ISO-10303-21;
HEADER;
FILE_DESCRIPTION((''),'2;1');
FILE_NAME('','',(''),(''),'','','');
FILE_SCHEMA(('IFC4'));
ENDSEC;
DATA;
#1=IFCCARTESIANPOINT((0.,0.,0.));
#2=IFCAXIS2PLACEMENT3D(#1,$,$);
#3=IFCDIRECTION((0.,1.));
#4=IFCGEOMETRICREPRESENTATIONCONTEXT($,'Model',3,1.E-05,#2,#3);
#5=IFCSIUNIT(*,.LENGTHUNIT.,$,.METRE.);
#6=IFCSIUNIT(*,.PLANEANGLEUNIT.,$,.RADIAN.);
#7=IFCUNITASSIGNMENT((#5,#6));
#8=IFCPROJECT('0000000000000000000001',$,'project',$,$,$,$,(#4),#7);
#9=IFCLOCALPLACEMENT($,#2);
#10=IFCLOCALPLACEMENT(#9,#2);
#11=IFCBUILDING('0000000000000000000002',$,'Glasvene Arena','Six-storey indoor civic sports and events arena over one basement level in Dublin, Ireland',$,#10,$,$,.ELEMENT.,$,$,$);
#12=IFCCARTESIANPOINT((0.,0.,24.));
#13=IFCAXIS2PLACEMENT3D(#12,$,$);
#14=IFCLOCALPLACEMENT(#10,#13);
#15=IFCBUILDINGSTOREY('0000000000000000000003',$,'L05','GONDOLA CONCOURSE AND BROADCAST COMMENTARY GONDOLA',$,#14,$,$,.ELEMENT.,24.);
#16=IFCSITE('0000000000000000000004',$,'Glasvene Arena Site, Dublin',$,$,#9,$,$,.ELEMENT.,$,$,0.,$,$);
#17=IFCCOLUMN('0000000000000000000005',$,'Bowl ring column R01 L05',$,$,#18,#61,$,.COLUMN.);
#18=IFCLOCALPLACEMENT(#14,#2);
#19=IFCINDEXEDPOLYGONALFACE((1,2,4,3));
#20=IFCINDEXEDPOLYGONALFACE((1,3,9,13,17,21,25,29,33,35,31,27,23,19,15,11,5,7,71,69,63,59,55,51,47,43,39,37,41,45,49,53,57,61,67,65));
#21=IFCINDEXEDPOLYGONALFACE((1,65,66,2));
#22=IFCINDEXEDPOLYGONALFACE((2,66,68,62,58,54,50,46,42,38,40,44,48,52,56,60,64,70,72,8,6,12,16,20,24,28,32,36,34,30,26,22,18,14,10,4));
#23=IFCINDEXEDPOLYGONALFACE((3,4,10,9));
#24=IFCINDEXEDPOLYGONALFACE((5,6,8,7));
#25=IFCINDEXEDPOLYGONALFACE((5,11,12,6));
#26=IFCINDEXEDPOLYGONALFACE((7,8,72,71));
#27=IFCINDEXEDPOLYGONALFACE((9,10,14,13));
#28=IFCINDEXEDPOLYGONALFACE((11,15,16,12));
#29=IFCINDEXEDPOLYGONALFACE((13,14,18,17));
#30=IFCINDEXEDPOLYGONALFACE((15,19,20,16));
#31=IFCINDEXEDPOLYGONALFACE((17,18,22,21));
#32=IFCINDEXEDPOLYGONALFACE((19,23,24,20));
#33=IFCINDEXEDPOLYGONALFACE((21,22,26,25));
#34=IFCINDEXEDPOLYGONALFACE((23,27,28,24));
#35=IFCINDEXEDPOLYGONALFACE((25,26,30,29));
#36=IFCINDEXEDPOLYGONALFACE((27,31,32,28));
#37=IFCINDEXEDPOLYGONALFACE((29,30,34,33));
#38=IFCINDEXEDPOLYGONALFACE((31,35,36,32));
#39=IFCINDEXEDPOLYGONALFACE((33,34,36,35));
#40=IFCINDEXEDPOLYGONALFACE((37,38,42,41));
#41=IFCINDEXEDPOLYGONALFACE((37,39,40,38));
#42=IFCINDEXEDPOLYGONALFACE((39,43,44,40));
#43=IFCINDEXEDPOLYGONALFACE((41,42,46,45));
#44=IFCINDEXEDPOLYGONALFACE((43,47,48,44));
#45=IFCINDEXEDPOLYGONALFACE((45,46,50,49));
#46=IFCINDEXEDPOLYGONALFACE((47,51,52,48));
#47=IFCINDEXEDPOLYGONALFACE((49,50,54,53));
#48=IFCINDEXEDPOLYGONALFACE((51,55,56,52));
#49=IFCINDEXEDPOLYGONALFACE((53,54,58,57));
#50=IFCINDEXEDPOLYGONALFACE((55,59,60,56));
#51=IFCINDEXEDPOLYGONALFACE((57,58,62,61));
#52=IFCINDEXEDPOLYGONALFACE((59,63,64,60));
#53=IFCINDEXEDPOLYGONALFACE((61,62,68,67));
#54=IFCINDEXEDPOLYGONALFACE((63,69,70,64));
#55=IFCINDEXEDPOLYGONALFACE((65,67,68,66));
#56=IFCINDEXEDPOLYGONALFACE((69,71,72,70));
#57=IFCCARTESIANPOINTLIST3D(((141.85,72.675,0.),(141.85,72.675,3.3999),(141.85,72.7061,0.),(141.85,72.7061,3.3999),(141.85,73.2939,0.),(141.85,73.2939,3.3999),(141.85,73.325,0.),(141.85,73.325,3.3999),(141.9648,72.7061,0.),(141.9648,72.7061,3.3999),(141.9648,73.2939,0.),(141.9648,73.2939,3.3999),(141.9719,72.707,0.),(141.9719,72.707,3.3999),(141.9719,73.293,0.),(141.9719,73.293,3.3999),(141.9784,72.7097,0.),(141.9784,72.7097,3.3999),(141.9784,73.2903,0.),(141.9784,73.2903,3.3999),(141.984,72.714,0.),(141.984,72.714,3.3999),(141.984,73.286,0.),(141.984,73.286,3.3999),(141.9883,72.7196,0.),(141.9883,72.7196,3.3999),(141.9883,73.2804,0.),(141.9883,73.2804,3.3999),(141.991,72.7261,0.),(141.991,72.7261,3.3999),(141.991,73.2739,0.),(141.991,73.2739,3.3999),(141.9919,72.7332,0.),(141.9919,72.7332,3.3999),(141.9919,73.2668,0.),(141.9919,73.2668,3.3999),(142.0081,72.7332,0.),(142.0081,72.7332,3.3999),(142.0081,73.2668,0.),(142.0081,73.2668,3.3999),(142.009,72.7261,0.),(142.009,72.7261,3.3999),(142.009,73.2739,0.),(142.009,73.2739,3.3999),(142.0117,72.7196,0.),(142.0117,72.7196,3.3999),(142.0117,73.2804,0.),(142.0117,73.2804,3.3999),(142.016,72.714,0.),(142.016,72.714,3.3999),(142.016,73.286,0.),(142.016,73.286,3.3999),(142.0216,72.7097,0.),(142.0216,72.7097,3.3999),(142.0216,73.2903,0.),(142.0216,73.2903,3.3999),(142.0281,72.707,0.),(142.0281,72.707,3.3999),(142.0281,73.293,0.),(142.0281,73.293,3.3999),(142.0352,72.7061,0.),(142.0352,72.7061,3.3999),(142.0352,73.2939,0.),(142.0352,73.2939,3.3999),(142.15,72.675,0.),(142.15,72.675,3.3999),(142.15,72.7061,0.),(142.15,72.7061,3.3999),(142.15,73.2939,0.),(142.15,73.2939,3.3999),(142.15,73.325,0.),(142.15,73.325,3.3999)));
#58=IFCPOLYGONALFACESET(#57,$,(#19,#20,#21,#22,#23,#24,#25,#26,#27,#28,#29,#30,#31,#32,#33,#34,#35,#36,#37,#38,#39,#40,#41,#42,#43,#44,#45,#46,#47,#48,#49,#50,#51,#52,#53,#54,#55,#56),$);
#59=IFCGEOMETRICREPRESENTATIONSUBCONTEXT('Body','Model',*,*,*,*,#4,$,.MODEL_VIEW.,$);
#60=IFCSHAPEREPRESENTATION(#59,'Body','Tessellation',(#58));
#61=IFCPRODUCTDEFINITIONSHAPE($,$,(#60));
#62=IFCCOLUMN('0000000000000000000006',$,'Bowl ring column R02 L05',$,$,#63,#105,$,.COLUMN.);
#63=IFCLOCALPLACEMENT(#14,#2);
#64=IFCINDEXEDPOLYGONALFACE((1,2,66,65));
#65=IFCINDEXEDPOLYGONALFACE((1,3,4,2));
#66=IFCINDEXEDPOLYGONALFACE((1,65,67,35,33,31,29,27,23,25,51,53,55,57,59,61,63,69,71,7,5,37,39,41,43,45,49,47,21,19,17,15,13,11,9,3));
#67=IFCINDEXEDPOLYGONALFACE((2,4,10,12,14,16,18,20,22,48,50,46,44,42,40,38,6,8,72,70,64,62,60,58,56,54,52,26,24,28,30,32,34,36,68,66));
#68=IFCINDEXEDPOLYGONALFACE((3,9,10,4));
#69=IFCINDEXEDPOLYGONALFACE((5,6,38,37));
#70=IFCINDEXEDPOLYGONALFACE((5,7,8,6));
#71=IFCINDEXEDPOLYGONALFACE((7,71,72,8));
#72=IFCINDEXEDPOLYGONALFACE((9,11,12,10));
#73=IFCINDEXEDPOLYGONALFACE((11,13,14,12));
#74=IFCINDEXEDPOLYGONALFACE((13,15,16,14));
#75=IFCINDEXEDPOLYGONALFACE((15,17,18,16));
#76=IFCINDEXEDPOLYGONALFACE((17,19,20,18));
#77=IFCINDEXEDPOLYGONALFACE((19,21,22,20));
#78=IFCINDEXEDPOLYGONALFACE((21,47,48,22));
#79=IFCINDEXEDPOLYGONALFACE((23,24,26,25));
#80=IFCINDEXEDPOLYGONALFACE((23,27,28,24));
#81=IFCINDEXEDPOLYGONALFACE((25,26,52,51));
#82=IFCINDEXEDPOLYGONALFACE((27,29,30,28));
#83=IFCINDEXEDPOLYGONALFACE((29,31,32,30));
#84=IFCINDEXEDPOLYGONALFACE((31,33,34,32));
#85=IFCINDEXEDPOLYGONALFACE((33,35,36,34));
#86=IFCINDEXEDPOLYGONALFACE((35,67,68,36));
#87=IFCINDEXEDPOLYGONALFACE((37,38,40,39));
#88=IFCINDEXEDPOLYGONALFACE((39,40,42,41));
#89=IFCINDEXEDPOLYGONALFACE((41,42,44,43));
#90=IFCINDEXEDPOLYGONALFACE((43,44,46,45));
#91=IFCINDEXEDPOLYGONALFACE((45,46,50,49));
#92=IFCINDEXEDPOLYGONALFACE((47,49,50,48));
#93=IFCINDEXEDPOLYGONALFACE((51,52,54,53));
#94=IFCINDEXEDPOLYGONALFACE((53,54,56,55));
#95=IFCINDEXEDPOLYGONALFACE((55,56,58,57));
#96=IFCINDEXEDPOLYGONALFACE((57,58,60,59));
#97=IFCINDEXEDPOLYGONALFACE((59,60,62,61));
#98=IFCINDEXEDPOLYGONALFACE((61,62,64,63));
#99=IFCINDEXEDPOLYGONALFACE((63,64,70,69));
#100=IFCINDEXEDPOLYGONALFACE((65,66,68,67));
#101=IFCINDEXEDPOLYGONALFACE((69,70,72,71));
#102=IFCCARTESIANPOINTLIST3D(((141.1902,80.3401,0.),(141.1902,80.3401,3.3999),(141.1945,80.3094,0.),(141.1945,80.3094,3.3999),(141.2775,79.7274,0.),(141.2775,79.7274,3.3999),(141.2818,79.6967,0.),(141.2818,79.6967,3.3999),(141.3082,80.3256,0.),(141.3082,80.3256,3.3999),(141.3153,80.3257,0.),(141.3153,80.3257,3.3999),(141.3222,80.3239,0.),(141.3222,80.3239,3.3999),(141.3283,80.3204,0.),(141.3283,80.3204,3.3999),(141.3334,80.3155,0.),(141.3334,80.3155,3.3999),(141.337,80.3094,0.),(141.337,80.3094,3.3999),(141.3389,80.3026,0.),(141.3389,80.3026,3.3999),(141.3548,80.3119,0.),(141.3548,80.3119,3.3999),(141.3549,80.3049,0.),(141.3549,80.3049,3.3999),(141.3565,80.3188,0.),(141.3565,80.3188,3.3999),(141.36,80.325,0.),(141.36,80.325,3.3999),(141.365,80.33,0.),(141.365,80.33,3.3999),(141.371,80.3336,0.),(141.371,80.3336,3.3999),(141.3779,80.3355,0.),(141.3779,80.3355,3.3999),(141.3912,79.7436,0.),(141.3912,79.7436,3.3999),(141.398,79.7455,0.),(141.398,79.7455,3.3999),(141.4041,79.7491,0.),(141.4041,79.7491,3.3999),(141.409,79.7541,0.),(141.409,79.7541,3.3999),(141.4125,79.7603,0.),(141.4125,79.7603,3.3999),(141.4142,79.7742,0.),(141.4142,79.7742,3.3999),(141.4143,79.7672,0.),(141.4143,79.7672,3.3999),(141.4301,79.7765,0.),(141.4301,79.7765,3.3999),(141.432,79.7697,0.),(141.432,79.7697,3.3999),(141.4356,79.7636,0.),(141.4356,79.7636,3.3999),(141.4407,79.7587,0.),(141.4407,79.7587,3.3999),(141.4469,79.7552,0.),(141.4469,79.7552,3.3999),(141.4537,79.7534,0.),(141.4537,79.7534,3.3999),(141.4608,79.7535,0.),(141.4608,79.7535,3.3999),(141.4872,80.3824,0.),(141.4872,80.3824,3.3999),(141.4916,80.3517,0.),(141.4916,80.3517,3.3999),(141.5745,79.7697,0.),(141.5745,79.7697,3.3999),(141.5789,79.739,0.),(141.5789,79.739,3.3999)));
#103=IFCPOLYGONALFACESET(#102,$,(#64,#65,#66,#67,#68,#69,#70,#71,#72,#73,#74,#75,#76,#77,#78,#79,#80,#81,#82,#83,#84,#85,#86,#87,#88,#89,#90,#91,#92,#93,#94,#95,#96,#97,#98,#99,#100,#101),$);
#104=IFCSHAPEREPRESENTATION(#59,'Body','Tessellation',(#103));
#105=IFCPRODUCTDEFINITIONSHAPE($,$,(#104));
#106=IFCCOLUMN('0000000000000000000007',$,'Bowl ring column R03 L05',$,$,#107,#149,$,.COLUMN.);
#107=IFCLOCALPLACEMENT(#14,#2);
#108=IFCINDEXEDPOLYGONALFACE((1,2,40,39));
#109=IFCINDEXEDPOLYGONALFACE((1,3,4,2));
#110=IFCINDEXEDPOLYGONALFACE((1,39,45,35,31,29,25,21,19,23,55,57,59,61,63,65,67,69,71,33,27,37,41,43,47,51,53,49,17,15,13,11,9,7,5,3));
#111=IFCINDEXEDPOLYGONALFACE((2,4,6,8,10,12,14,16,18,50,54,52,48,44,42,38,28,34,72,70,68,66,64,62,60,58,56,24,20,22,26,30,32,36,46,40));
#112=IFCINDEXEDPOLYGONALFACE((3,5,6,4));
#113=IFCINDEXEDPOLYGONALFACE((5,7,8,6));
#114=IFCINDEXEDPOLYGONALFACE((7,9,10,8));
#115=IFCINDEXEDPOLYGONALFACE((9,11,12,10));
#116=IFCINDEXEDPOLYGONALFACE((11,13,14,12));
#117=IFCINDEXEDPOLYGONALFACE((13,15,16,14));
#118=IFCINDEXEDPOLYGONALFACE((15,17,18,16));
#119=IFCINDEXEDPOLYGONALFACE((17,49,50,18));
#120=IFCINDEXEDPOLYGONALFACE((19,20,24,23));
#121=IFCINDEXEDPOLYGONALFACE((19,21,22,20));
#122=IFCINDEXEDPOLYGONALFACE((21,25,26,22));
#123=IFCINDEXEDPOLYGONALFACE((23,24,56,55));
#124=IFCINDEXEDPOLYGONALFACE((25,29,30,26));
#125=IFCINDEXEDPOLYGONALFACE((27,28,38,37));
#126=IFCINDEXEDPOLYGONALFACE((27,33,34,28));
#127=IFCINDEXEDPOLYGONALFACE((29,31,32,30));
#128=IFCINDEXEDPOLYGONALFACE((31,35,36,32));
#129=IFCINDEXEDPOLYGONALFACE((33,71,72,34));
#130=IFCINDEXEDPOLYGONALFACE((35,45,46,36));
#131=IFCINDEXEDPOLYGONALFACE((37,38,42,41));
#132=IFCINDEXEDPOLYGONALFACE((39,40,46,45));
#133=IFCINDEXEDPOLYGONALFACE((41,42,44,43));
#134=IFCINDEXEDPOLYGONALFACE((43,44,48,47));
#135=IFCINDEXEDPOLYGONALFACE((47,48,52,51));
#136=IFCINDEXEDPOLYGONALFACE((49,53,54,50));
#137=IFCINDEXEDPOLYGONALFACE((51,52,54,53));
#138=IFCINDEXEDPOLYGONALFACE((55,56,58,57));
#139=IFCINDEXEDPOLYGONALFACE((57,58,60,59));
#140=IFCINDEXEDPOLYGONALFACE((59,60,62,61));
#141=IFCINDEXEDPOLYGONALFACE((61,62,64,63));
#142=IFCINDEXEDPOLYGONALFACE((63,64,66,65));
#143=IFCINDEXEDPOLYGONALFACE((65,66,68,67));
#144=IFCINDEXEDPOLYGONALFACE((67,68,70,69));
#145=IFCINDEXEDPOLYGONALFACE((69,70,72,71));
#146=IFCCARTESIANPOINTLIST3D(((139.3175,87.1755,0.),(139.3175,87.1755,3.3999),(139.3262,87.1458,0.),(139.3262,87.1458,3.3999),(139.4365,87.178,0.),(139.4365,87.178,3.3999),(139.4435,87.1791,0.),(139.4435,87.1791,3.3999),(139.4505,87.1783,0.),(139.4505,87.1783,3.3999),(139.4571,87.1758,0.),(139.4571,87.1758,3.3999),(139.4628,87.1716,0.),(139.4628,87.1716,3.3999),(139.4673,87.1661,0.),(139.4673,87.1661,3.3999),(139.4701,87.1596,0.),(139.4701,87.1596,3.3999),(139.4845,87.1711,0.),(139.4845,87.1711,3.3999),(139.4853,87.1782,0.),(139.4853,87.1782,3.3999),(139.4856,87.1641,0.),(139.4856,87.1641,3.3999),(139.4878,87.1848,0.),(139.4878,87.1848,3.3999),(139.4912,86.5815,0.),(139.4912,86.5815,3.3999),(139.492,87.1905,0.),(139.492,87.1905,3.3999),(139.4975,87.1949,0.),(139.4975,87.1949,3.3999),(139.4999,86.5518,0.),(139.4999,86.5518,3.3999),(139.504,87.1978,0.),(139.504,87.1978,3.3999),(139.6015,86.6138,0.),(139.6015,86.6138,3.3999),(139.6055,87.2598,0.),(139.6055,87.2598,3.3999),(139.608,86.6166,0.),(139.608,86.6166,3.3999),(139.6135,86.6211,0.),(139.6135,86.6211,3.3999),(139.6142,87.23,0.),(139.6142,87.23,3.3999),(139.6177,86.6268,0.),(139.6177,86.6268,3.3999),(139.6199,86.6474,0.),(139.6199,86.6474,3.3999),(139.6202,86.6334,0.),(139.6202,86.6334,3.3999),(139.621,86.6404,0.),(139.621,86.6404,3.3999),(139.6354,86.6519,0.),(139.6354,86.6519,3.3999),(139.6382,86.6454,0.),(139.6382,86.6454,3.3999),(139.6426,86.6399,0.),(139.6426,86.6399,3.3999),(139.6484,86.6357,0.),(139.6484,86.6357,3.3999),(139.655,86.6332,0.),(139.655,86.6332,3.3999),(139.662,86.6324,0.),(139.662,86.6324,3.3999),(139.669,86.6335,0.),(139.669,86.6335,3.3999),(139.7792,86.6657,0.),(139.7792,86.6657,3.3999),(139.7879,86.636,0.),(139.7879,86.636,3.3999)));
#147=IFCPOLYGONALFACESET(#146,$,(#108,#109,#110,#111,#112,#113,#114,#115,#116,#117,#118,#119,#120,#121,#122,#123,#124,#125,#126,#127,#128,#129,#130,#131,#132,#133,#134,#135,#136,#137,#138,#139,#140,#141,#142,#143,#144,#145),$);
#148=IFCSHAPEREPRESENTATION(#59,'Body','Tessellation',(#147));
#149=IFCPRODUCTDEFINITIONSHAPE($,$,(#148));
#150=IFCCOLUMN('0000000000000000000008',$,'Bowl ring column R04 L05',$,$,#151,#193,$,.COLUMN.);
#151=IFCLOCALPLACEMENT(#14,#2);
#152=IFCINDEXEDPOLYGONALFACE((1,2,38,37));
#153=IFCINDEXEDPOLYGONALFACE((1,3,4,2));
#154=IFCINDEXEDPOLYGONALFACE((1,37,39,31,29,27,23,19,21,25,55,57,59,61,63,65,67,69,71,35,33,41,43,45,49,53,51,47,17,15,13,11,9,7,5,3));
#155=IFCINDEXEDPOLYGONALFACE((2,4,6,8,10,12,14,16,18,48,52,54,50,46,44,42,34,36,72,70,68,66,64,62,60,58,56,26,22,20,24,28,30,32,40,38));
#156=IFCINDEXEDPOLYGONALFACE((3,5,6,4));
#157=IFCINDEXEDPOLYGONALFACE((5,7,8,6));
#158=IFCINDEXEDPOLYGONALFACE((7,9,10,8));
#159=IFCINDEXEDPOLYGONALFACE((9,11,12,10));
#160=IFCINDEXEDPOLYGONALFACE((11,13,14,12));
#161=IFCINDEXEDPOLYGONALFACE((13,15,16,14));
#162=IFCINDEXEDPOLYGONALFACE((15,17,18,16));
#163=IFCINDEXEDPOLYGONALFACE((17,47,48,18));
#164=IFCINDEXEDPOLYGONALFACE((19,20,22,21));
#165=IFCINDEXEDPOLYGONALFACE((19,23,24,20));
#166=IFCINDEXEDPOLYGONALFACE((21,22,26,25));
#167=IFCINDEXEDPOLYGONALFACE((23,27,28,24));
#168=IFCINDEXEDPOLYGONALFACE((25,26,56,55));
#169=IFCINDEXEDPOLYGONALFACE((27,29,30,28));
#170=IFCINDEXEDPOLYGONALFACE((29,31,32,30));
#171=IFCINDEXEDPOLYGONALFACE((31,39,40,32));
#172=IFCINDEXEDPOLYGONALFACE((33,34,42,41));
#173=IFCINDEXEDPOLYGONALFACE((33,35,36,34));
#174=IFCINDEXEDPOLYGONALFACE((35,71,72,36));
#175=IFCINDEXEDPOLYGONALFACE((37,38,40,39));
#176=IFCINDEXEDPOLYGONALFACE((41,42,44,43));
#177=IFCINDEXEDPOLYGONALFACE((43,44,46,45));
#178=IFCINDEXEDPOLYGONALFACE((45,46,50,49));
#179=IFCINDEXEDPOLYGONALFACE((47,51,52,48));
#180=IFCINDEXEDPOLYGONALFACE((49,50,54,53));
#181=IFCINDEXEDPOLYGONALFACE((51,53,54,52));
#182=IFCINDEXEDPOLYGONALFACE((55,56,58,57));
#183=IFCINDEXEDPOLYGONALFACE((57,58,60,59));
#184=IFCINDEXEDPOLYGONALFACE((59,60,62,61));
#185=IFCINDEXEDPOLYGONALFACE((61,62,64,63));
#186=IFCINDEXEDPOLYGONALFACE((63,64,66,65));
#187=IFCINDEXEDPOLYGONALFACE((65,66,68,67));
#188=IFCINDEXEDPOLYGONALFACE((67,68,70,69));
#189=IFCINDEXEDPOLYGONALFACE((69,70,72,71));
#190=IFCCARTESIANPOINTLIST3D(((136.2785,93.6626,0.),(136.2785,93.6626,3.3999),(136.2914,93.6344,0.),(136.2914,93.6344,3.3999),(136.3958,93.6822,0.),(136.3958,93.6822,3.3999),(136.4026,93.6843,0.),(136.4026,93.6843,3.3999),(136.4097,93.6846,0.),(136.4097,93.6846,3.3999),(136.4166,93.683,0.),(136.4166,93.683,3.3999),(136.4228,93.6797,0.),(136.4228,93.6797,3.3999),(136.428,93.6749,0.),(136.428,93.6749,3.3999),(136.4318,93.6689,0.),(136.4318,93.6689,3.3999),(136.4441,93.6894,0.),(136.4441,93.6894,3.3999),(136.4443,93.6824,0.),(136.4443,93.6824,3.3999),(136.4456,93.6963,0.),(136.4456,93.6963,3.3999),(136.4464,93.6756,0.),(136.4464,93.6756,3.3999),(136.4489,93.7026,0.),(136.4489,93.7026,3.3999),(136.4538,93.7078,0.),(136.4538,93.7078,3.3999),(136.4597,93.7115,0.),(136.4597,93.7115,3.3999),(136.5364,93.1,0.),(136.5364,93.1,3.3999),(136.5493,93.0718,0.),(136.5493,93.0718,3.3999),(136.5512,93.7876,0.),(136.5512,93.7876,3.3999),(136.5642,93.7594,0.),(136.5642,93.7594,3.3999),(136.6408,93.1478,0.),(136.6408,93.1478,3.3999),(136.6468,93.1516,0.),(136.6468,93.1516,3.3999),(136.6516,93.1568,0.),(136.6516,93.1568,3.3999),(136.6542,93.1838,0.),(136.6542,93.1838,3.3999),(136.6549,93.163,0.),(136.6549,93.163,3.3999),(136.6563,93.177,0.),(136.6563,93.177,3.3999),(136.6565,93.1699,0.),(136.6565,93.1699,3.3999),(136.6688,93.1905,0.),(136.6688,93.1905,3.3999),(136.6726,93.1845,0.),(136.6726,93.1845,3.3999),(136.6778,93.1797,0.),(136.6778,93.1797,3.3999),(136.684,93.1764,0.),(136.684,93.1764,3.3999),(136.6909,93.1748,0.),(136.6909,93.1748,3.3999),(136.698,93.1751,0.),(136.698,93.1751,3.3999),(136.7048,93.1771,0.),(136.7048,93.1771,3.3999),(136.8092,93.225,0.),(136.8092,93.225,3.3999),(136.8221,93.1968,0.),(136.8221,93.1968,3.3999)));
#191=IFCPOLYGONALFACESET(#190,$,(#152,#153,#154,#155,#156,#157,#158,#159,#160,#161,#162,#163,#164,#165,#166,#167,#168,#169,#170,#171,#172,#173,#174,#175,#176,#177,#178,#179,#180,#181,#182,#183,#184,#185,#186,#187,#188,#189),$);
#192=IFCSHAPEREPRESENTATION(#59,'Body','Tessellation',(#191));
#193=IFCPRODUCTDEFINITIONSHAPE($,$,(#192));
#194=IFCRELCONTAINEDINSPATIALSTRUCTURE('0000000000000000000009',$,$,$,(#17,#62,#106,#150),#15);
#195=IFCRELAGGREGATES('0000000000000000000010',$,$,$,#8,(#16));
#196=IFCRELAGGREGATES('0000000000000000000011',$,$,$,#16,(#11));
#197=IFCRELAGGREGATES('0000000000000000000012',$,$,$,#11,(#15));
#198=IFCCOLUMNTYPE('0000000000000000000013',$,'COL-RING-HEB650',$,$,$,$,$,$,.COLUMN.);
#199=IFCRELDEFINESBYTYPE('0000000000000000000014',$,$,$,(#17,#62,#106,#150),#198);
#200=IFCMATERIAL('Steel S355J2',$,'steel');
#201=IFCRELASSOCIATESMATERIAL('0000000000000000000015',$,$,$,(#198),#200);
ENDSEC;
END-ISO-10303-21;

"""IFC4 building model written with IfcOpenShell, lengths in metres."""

from ifc_helpers import new_model, si_unit, direction, frame, origin, origin_2d, place, context, subcontext, project, spatial, i_section, extrude, material, material_profile, profile_set, type_object, element, save


model = new_model("IFC4")

# Units and contexts
model_context = context("Model", 3, precision=1e-05, world=origin(), true_north=direction((0.0, 1.0)))
body_context = subcontext(model_context, "Body", "Model", "MODEL_VIEW")
ifc_project = project(units=[si_unit("LENGTHUNIT", "METRE"), si_unit("PLANEANGLEUNIT", "RADIAN")], contexts=[model_context])

# Site, building, storey
site_placement = place(None, origin())
site = spatial("IfcSite", under=ifc_project, at=site_placement, Name="Glasvene Arena Site, Dublin", CompositionType="ELEMENT", RefElevation=0.0)
building_placement = place(site_placement, origin())
building = spatial("IfcBuilding", under=site, at=building_placement, Name="Glasvene Arena", Description="Six-storey indoor civic sports and events arena over one basement level in Dublin, Ireland", CompositionType="ELEMENT")
storey_placement = place(building_placement, frame((0.0, 0.0, 24.0)))
storey = spatial("IfcBuildingStorey", under=building, at=storey_placement, Name="L05", Description="GONDOLA CONCOURSE AND BROADCAST COMMENTARY GONDOLA", CompositionType="ELEMENT", Elevation=24.0)

# Columns
ifc_material_1 = material(Name="Steel S355J2", Category="steel")
ifc_material_profile = material_profile(ifc_material_1, i_section(OverallWidth=0.3, OverallDepth=0.6499, WebThickness=0.0161, FlangeThickness=0.031, FilletRadius=0.0271, at=origin_2d()), Name="HEB 650")
ifc_profile_set = profile_set([ifc_material_profile], Name="Steel S355J2")
column_type = type_object("IfcColumnType", Name="COL-RING-HEB650", PredefinedType="COLUMN", material=ifc_profile_set)
for number, where, z_axis, x_axis, name in (
    (1, (142.0, 73.0, 0.0), (0.0, 0.0, 1.0), (1.0, 0.0, 0.0), "Bowl ring column R01 L05"),
    (2, (141.3845, 80.0396, 0.0), (0.0, 0.0, 1.0), (0.989999, 0.141074, 0.0), "Bowl ring column R02 L05"),
    (3, (139.5527, 86.9058, 0.0), (0.0, 0.0, 1.0), (0.959805, 0.280667, 0.0), "Bowl ring column R03 L05"),
    (4, (136.5503, 93.4297, 0.0), (0.0, 0.0, 1.0), (0.909018, 0.416757, 0.0), "Bowl ring column R04 L05"),
):
    element("IfcColumn", number, at=place(storey_placement, frame(where, z_axis=z_axis, x_axis=x_axis)), inside=storey, type_object=column_type, Name=name, PredefinedType="COLUMN", context=body_context, shape_type="SweptSolid", body=[
        extrude(i_section(OverallWidth=0.3, OverallDepth=0.6499, WebThickness=0.0161, FlangeThickness=0.031, FilletRadius=0.0271, at=origin_2d()), origin(), (0.0, 0.0, 1.0), 3.3999),
    ])

save(model, "model.ifc")
